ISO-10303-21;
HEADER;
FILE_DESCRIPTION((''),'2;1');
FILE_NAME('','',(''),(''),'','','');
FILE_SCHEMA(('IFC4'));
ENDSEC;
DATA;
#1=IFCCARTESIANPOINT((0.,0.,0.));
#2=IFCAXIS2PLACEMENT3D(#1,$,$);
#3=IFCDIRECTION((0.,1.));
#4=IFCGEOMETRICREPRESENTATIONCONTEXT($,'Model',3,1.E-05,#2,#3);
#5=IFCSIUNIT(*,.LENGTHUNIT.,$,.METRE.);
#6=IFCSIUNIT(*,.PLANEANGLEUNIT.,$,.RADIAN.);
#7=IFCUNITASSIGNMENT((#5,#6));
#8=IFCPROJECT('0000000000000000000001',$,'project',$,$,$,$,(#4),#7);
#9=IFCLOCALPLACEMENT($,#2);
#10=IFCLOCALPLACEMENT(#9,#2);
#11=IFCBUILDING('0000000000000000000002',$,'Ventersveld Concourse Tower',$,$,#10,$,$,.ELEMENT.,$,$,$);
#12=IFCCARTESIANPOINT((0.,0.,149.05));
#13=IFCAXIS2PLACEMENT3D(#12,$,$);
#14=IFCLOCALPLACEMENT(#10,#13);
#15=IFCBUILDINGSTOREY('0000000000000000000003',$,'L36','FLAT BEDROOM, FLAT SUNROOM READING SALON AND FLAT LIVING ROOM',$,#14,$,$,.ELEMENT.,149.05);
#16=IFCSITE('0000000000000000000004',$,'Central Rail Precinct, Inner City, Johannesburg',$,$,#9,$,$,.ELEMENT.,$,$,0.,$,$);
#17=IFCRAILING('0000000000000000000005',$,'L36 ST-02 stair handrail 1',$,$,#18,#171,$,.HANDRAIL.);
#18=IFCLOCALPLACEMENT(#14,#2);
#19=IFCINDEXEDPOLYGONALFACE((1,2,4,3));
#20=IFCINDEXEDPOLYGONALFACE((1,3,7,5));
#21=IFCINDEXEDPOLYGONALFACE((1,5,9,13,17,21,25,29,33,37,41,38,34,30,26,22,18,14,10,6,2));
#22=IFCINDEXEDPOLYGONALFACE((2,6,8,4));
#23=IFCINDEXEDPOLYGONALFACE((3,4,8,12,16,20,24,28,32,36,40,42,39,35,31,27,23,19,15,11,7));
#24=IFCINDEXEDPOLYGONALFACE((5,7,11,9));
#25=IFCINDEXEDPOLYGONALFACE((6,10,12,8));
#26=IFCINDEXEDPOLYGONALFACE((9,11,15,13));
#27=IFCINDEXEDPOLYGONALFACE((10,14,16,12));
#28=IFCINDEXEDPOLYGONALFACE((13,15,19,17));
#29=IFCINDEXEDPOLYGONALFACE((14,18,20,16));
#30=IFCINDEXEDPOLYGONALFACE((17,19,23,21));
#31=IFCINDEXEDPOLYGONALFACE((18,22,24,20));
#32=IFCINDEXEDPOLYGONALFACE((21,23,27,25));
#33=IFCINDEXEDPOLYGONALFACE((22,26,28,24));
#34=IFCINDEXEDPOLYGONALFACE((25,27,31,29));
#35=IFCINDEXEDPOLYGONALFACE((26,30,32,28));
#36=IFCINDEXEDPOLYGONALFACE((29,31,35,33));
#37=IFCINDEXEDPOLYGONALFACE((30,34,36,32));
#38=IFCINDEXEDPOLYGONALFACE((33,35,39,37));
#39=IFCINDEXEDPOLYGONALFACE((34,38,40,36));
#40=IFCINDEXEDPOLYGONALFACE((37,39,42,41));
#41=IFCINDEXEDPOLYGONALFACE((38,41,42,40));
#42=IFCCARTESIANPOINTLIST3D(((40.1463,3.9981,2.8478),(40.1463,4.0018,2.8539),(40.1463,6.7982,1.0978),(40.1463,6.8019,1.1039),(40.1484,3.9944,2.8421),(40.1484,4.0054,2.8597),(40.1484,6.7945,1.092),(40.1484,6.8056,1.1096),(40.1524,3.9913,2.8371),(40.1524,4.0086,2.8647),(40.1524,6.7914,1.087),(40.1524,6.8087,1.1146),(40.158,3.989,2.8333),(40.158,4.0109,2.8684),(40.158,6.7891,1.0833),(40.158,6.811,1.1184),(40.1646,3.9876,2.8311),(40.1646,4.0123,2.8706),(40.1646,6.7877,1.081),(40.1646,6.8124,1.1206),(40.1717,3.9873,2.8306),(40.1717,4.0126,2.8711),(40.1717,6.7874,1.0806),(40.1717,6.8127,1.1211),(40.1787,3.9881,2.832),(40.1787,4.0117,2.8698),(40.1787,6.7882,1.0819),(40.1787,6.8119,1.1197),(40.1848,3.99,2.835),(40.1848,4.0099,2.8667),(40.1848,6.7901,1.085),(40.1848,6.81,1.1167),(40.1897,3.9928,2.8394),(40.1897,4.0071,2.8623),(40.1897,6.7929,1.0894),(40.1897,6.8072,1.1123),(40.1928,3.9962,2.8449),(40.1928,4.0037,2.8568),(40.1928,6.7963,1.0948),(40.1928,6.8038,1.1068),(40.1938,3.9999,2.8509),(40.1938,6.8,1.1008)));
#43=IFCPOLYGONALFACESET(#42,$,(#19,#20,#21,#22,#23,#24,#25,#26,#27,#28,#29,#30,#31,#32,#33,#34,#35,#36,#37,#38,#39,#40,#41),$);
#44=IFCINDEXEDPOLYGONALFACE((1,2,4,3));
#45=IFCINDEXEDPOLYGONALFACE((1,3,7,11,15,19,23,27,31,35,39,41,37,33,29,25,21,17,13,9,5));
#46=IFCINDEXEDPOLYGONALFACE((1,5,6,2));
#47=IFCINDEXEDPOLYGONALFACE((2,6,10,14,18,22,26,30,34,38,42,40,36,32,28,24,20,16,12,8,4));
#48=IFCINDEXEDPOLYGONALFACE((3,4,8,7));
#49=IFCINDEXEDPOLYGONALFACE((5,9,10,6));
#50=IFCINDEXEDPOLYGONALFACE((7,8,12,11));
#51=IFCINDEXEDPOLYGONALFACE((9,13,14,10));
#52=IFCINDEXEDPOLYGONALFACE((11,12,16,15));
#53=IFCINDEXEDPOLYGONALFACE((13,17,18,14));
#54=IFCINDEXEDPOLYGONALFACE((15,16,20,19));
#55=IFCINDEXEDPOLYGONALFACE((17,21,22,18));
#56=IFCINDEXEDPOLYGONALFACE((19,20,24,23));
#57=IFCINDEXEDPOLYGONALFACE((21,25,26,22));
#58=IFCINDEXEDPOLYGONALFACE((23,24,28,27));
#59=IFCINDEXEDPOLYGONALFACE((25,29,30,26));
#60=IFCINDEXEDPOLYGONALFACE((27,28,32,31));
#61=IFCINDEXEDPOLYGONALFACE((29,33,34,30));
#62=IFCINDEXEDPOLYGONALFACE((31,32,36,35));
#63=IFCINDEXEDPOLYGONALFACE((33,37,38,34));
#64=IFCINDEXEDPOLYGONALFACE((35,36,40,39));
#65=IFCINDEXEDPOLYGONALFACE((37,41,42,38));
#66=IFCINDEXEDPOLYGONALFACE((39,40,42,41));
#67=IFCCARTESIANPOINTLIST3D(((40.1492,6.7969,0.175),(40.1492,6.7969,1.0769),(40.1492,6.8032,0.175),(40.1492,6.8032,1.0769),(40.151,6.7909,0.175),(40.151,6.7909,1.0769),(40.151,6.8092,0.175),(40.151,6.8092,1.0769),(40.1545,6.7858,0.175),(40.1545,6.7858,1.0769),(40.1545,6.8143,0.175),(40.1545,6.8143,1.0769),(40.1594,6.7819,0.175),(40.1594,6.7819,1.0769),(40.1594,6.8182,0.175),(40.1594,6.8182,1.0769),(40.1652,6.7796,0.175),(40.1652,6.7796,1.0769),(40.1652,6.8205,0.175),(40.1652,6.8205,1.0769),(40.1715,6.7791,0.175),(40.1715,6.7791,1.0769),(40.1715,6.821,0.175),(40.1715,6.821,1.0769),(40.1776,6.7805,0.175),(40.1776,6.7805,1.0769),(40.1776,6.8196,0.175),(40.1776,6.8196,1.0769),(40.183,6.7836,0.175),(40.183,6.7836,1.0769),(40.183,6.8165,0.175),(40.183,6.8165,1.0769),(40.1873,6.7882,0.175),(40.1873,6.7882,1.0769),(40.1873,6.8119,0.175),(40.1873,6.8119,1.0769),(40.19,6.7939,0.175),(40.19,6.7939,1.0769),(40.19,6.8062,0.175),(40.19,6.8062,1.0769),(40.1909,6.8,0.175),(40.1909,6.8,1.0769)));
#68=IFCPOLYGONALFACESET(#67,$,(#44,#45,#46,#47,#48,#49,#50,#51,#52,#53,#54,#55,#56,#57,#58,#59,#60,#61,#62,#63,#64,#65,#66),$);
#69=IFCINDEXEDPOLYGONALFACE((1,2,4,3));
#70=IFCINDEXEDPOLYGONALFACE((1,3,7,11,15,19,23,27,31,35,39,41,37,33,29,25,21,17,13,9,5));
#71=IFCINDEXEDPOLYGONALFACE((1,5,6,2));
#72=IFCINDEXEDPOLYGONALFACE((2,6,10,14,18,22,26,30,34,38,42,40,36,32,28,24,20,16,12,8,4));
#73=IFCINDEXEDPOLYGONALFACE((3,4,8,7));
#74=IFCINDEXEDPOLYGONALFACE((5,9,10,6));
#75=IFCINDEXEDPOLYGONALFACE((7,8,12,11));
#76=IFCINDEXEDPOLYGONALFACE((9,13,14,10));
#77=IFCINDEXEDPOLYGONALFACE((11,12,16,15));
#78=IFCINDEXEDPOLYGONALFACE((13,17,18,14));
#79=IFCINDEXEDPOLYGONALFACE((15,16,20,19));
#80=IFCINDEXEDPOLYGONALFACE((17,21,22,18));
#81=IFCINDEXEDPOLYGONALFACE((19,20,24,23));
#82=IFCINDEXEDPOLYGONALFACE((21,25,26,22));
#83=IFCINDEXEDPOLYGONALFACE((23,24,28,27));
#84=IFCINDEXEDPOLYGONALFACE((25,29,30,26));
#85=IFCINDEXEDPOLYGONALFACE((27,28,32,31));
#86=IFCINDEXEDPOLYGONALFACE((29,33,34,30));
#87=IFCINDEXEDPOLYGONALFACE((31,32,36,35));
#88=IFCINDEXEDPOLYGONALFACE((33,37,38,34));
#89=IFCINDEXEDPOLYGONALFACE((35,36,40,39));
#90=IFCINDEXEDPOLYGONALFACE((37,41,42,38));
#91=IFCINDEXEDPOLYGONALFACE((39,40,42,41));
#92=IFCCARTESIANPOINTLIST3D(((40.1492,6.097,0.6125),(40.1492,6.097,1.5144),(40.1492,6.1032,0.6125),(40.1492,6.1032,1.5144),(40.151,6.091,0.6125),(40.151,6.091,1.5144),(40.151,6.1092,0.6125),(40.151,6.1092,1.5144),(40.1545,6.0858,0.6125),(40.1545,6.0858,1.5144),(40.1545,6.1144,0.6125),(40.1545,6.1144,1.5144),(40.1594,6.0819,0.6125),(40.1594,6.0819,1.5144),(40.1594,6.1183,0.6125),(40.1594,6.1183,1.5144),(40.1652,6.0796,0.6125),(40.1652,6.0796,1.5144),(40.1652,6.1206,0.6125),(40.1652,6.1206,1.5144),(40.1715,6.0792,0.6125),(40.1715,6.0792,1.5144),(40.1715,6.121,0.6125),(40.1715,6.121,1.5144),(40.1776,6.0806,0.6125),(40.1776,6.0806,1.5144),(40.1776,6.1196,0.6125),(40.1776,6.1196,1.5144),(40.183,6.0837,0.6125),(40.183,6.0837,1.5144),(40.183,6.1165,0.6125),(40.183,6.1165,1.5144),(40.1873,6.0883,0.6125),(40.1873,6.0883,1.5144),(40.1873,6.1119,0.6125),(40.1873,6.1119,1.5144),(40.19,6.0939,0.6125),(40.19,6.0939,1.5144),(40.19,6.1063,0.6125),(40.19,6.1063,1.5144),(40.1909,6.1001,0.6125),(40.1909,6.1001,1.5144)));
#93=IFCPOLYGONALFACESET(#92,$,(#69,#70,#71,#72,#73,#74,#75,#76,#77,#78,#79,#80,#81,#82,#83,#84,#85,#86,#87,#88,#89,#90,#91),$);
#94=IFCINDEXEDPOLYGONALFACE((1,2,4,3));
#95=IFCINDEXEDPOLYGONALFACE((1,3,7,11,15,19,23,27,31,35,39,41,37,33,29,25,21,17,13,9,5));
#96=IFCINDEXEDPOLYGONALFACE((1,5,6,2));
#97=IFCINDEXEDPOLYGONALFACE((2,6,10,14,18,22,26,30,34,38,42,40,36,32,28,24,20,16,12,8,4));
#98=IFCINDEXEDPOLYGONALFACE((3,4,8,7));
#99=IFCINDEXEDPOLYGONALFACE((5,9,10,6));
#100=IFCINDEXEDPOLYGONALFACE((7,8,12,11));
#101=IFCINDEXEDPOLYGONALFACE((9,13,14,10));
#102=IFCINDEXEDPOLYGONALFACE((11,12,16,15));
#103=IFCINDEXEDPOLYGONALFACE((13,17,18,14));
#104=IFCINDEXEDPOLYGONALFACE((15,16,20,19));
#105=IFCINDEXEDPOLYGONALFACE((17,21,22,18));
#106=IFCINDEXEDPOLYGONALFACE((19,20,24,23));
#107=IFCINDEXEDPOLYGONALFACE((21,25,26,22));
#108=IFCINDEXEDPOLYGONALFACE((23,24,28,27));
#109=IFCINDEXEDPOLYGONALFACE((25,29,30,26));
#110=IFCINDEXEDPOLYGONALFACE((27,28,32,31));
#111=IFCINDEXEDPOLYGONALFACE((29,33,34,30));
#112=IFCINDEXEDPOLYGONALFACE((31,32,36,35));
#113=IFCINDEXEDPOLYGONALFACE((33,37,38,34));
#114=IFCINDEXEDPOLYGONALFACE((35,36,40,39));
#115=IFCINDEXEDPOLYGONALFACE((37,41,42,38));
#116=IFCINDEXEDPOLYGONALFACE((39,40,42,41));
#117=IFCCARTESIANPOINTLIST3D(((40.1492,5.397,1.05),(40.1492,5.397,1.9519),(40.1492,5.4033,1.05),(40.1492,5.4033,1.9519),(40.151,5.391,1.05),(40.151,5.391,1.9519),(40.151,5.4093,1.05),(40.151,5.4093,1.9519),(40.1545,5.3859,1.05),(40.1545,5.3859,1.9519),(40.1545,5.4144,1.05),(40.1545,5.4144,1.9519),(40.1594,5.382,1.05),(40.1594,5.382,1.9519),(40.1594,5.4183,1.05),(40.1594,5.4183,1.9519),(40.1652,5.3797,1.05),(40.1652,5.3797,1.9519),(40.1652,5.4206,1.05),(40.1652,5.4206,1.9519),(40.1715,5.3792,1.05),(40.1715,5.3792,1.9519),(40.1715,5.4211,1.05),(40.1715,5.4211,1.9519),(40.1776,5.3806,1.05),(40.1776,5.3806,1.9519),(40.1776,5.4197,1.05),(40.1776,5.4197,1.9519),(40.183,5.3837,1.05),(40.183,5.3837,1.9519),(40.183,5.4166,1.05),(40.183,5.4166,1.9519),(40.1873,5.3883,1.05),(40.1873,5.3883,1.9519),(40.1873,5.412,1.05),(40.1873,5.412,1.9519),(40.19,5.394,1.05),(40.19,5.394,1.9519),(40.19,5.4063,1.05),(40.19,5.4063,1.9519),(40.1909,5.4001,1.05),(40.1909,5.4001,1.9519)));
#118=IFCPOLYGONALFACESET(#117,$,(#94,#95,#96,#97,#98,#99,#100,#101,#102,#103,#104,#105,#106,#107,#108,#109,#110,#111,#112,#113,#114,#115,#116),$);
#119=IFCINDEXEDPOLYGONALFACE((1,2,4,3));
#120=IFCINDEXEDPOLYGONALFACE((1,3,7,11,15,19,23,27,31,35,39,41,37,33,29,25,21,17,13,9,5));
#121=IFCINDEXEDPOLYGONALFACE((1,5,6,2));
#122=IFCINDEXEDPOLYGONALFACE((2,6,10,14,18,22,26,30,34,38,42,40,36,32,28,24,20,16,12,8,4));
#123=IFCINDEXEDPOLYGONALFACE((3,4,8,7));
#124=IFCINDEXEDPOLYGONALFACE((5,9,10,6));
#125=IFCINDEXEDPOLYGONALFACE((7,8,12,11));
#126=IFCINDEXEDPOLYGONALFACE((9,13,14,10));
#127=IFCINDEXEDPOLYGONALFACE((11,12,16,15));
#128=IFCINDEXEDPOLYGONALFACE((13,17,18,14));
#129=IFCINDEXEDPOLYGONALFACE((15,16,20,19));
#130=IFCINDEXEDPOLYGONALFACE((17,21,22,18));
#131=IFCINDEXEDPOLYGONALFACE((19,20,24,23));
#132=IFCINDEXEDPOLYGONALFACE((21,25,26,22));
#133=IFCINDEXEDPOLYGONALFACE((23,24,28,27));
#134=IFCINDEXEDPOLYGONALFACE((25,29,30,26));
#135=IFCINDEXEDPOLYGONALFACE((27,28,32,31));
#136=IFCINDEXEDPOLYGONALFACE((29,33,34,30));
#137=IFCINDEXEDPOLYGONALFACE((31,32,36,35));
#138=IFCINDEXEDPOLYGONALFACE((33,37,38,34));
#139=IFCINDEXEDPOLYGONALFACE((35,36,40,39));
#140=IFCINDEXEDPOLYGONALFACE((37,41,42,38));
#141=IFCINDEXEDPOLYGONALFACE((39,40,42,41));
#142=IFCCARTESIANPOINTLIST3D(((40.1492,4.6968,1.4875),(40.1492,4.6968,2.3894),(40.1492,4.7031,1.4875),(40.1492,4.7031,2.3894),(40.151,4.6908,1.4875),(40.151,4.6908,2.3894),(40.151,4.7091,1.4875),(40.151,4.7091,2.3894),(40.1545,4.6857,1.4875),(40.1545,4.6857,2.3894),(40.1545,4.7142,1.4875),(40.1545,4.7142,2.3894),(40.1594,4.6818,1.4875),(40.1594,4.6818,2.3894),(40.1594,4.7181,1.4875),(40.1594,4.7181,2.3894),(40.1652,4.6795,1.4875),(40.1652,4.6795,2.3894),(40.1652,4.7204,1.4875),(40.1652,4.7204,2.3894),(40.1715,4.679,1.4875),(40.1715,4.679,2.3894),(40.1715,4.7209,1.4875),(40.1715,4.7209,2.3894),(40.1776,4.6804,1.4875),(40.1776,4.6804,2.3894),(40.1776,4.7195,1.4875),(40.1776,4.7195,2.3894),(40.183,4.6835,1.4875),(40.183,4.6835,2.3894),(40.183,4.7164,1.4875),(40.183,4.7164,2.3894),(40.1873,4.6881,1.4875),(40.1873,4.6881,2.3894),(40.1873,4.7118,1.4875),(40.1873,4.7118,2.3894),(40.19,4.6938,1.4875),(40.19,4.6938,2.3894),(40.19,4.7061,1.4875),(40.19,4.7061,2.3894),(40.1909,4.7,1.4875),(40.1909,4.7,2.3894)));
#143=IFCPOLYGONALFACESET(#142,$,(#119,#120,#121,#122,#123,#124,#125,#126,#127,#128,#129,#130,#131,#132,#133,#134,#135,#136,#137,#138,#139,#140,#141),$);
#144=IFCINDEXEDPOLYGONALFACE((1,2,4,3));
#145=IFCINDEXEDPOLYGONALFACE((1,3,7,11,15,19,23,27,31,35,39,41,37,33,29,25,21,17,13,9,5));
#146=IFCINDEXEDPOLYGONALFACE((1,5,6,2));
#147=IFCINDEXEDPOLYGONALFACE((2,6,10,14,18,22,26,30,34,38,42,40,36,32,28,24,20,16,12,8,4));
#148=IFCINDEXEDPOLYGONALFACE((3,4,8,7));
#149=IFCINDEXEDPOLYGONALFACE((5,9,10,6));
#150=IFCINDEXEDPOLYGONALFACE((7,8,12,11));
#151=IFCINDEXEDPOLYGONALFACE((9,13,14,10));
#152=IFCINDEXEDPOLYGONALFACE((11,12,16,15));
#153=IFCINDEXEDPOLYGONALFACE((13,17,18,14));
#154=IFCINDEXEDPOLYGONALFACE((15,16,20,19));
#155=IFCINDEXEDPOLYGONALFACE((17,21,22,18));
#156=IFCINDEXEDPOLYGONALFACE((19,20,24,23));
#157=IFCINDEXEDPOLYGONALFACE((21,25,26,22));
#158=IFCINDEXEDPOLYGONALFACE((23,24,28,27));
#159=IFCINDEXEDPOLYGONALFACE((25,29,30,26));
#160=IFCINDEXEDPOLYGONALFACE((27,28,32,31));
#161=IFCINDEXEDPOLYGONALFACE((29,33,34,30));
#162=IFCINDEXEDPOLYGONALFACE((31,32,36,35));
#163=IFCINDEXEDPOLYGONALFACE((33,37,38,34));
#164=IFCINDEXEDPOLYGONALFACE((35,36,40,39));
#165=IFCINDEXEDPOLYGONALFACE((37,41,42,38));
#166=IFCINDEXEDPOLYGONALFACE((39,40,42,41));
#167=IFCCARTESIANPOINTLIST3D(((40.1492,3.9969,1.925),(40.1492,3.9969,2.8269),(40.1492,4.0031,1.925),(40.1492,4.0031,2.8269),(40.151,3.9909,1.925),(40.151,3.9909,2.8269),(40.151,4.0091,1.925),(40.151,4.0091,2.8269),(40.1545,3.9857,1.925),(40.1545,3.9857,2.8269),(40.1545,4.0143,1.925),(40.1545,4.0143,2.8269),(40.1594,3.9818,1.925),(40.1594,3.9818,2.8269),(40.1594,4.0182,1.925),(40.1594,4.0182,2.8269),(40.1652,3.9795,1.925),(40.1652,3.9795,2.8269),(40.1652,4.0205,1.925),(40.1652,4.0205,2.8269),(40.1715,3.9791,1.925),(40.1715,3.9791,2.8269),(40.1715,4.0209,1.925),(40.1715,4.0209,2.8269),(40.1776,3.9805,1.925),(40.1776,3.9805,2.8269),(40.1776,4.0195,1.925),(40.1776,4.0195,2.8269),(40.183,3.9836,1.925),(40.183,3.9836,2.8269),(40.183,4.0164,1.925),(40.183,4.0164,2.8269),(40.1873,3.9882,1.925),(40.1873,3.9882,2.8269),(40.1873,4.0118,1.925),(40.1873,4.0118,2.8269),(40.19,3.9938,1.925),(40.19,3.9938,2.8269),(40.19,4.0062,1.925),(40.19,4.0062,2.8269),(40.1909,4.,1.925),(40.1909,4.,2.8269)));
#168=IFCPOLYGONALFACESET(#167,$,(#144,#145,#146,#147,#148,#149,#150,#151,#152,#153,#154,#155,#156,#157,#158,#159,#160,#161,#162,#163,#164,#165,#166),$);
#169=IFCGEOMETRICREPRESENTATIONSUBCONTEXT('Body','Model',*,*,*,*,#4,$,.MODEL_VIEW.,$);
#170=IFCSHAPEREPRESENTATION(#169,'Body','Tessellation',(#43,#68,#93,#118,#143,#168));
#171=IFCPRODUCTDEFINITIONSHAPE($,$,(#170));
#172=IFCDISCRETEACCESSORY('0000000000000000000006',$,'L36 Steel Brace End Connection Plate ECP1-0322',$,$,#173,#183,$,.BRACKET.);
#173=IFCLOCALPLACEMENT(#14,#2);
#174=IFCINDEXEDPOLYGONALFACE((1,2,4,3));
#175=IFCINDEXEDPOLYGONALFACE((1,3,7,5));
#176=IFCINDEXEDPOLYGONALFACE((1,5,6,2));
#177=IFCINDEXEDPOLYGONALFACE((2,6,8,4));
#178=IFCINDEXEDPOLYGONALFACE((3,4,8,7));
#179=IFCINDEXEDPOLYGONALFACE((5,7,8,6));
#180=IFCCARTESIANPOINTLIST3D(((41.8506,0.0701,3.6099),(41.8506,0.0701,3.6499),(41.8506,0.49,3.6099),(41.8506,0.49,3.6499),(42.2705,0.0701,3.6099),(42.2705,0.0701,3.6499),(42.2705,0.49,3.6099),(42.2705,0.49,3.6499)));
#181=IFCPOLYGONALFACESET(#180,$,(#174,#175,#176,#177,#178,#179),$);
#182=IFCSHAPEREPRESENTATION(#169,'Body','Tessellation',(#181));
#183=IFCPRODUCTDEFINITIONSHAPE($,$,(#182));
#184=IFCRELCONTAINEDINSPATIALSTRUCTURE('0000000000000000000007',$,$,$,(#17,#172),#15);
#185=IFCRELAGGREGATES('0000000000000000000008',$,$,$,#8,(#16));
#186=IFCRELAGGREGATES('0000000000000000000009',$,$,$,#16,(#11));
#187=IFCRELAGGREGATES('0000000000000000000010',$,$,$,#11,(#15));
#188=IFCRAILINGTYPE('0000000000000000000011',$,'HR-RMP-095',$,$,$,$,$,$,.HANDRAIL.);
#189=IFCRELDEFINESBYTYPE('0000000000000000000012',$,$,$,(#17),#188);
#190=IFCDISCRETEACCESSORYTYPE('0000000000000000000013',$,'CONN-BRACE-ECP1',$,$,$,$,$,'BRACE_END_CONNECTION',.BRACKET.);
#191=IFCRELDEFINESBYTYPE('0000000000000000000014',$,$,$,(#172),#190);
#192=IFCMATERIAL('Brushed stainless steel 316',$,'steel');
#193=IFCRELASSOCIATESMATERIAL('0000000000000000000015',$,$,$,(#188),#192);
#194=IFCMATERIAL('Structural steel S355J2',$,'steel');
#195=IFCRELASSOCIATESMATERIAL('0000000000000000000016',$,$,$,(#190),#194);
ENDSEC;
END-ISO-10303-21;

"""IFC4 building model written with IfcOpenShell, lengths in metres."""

from ifc_helpers import new_model, si_unit, direction, frame, origin, origin_2d, place, context, subcontext, project, spatial, rectangle, circle, extrude, material, type_object, element, save


model = new_model("IFC4")

# Units and contexts
model_context = context("Model", 3, precision=1e-05, world=origin(), true_north=direction((0.0, 1.0)))
body_context = subcontext(model_context, "Body", "Model", "MODEL_VIEW")
ifc_project = project(units=[si_unit("LENGTHUNIT", "METRE"), si_unit("PLANEANGLEUNIT", "RADIAN")], contexts=[model_context])

# Site, building, storey
site_placement = place(None, origin())
site = spatial("IfcSite", under=ifc_project, at=site_placement, Name="Central Rail Precinct, Inner City, Johannesburg", CompositionType="ELEMENT", RefElevation=0.0)
building_placement = place(site_placement, origin())
building = spatial("IfcBuilding", under=site, at=building_placement, Name="Ventersveld Concourse Tower", CompositionType="ELEMENT")
storey_placement = place(building_placement, frame((0.0, 0.0, 149.05)))
storey = spatial("IfcBuildingStorey", under=building, at=storey_placement, Name="L36", Description="FLAT BEDROOM, FLAT SUNROOM READING SALON AND FLAT LIVING ROOM", CompositionType="ELEMENT", Elevation=149.05)

# Shared definitions
ifc_material_1 = material(Name="Brushed stainless steel 316", Category="steel")

# Railing
railing_type_1 = type_object("IfcRailingType", Name="HR-RMP-095", PredefinedType="HANDRAIL", material=ifc_material_1)
railing_1_placement = place(storey_placement, frame((40.1699, 6.8, 0.175)))
element("IfcRailing", 1, at=railing_1_placement, inside=storey, type_object=railing_type_1, Name="L36 ST-02 stair handrail 1", PredefinedType="HANDRAIL", context=body_context, shape_type="SweptSolid", body=[
    extrude(circle(Radius=0.0239, at=origin_2d()), frame((0.0, 0.0, 0.9258), z_axis=(0.0, -0.848002, 0.529992), x_axis=(1.0, 0.0, 0.0)), (0.0, 0.0, 1.0), 3.302),
    extrude(circle(Radius=0.021, at=origin_2d()), origin(), (0.0, 0.0, 1.0), 0.9019),
    extrude(circle(Radius=0.021, at=origin_2d()), frame((0.0, -0.7, 0.4375)), (0.0, 0.0, 1.0), 0.9019),
    extrude(circle(Radius=0.021, at=origin_2d()), frame((0.0, -1.3999, 0.875)), (0.0, 0.0, 1.0), 0.9019),
    extrude(circle(Radius=0.021, at=origin_2d()), frame((0.0, -2.1001, 1.3125)), (0.0, 0.0, 1.0), 0.9019),
    extrude(circle(Radius=0.021, at=origin_2d()), frame((0.0, -2.8, 1.75)), (0.0, 0.0, 1.0), 0.9019),
])

# Discrete accessory
ifc_material_2 = material(Name="Structural steel S355J2", Category="steel")
discrete_accessory_type = type_object("IfcDiscreteAccessoryType", Name="CONN-BRACE-ECP1", ElementType="BRACE_END_CONNECTION", PredefinedType="BRACKET", material=ifc_material_2)
discrete_accessory_placement = place(storey_placement, frame((42.0605, 0.28, 3.6099), z_axis=(0.0, 0.0, 1.0), x_axis=(1.0, 0.0, 0.0)))
element("IfcDiscreteAccessory", 2, at=discrete_accessory_placement, inside=storey, type_object=discrete_accessory_type, Name="L36 Steel Brace End Connection Plate ECP1-0322", PredefinedType="BRACKET", context=body_context, shape_type="SweptSolid", body=[
    extrude(rectangle(XDim=0.4199, YDim=0.4199, at=origin_2d()), origin(), (0.0, 0.0, 1.0), 0.04),
])

save(model, "model.ifc")
